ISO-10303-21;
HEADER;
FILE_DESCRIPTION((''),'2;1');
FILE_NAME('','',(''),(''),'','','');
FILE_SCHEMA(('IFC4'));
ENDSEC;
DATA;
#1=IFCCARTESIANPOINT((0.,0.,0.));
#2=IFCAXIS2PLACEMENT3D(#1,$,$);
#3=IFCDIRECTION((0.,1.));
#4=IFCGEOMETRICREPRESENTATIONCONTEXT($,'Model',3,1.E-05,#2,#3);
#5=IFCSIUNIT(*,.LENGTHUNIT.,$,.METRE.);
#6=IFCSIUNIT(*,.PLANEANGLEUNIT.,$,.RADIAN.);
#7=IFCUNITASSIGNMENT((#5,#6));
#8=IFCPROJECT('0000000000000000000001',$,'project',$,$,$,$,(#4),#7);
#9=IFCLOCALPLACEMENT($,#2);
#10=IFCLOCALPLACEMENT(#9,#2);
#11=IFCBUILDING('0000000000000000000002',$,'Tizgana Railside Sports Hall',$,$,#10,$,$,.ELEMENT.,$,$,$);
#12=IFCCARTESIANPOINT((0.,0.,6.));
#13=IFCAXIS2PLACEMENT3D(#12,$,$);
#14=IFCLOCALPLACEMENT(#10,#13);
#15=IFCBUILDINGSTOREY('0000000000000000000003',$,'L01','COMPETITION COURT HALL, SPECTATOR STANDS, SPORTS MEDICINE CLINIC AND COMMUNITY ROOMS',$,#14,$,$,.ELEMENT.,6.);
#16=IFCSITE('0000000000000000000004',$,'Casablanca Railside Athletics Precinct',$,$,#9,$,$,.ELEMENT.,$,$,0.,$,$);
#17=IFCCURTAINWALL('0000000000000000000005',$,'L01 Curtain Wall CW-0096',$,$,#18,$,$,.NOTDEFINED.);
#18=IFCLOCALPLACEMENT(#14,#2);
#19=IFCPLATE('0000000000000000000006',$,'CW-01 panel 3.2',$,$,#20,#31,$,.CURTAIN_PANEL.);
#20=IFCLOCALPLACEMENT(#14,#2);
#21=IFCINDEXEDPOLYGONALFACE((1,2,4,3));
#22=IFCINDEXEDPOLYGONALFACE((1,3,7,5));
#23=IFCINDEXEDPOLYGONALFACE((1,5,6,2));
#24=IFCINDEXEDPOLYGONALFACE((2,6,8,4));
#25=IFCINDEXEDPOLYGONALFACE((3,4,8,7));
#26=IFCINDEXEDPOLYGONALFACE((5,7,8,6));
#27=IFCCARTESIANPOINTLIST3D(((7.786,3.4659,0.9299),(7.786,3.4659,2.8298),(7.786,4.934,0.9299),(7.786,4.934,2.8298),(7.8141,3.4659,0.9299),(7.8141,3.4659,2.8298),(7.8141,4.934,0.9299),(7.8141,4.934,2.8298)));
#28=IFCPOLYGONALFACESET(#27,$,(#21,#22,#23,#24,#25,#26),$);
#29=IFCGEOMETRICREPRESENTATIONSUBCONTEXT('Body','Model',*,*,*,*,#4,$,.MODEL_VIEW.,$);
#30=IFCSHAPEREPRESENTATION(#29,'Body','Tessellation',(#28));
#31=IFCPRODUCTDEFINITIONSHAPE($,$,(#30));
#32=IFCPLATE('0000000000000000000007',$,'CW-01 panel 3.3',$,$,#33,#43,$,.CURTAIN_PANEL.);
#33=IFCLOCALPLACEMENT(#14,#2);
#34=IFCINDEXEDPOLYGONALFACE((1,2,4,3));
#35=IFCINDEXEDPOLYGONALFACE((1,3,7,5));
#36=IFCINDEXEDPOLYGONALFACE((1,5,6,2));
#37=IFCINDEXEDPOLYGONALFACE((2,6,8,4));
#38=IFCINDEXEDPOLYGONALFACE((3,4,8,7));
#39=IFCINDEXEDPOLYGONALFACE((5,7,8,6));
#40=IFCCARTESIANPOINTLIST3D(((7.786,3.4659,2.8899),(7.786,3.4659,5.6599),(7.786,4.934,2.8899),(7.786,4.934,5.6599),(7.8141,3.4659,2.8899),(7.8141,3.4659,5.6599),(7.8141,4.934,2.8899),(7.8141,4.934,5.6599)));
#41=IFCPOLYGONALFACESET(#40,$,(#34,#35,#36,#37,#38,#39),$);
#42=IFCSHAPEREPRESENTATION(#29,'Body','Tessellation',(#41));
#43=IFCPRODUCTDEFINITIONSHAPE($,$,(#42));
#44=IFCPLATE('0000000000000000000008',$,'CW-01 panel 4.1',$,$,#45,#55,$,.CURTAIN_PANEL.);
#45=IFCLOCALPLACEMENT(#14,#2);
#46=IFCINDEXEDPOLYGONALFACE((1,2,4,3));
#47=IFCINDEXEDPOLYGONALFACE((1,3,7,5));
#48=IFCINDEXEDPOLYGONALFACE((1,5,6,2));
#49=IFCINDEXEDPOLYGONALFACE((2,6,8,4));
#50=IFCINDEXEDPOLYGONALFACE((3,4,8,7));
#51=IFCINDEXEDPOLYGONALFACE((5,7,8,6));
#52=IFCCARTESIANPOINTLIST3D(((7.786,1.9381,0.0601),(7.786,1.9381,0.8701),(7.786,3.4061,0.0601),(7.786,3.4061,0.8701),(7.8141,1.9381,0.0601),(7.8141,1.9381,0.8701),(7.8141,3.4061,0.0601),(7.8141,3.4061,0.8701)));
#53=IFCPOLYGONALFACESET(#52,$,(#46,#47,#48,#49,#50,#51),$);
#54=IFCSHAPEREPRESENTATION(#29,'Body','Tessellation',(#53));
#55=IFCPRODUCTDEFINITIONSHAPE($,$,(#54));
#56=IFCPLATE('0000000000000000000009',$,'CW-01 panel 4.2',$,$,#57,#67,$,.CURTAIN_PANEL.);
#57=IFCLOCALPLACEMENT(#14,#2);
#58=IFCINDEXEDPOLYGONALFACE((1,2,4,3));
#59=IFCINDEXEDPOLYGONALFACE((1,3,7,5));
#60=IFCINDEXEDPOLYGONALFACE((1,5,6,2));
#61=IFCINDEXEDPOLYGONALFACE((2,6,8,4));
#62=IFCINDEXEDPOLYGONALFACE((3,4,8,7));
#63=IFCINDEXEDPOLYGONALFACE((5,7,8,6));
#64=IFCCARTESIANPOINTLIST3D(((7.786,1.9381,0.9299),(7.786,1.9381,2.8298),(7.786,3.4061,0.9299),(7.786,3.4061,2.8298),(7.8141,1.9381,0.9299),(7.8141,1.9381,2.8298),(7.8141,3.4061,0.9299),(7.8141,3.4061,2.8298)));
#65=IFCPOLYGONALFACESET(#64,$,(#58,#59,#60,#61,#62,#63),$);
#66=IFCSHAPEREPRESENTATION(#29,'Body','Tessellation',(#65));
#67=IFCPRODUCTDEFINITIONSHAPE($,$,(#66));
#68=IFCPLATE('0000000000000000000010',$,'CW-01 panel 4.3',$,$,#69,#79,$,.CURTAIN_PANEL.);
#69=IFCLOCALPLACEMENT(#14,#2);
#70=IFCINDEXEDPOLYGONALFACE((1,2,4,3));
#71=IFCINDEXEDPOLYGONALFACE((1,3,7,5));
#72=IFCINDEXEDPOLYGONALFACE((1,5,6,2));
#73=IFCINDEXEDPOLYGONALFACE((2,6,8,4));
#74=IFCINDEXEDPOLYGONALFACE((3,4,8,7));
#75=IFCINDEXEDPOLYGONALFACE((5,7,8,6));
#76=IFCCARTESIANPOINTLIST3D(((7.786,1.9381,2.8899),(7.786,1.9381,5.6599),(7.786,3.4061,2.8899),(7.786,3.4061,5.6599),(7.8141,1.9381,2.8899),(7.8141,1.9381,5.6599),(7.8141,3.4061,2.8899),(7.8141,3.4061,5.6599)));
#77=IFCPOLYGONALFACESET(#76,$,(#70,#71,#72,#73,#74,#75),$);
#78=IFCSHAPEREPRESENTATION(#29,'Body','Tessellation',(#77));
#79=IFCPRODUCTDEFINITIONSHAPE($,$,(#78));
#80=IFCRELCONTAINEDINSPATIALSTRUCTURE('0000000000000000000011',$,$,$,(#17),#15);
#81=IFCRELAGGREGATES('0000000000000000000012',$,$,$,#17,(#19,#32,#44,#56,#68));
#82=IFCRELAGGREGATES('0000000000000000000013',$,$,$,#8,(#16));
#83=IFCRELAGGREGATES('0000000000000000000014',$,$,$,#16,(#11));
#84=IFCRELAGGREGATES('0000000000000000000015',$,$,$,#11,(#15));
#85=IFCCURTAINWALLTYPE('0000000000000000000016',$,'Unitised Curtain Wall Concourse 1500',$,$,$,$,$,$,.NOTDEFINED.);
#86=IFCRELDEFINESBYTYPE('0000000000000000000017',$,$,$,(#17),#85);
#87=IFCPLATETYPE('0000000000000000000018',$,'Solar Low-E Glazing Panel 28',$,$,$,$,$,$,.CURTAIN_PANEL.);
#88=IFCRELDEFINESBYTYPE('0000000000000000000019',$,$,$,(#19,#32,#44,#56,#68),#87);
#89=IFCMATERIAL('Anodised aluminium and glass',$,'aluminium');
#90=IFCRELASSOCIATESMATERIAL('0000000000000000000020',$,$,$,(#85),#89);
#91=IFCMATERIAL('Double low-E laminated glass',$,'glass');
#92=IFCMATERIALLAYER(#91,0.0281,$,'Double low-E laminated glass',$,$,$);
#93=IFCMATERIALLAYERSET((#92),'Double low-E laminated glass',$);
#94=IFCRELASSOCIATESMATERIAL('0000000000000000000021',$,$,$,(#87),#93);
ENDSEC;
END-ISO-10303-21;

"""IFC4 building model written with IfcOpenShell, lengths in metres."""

from ifc_helpers import new_model, si_unit, direction, frame, origin, origin_2d, place, context, subcontext, project, spatial, rectangle, extrude, material, layer, layer_set, type_object, element, aggregate, save


model = new_model("IFC4")

# Units and contexts
model_context = context("Model", 3, precision=1e-05, world=origin(), true_north=direction((0.0, 1.0)))
body_context = subcontext(model_context, "Body", "Model", "MODEL_VIEW")
ifc_project = project(units=[si_unit("LENGTHUNIT", "METRE"), si_unit("PLANEANGLEUNIT", "RADIAN")], contexts=[model_context])

# Site, building, storey
site_placement = place(None, origin())
site = spatial("IfcSite", under=ifc_project, at=site_placement, Name="Casablanca Railside Athletics Precinct", CompositionType="ELEMENT", RefElevation=0.0)
building_placement = place(site_placement, origin())
building = spatial("IfcBuilding", under=site, at=building_placement, Name="Tizgana Railside Sports Hall", CompositionType="ELEMENT")
storey_placement = place(building_placement, frame((0.0, 0.0, 6.0)))
storey = spatial("IfcBuildingStorey", under=building, at=storey_placement, Name="L01", Description="COMPETITION COURT HALL, SPECTATOR STANDS, SPORTS MEDICINE CLINIC AND COMMUNITY ROOMS", CompositionType="ELEMENT", Elevation=6.0)

# Curtain wall, plates
ifc_material_1 = material(Name="Anodised aluminium and glass", Category="aluminium")
curtain_wall_type = type_object("IfcCurtainWallType", Name="Unitised Curtain Wall Concourse 1500", PredefinedType="NOTDEFINED", material=ifc_material_1)
curtain_wall_placement = place(storey_placement, origin())
curtain_wall = element("IfcCurtainWall", 1, at=curtain_wall_placement, inside=storey, type_object=curtain_wall_type, Name="L01 Curtain Wall CW-0096", PredefinedType="NOTDEFINED")
ifc_material_2 = material(Name="Double low-E laminated glass", Category="glass")
ifc_layer = layer(ifc_material_2, 0.0281, Name="Double low-E laminated glass")
ifc_layer_set = layer_set([ifc_layer], Name="Double low-E laminated glass")
plate_type = type_object("IfcPlateType", Name="Solar Low-E Glazing Panel 28", PredefinedType="CURTAIN_PANEL", material=ifc_layer_set)
plate_1_placement = place(storey_placement, frame((7.8, 4.2, 0.9299), z_axis=(0.0, 0.0, 1.0), x_axis=(0.0, -1.0, 0.0)))
plate_1 = element("IfcPlate", 2, at=plate_1_placement, type_object=plate_type, Name="CW-01 panel 3.2", PredefinedType="CURTAIN_PANEL", context=body_context, shape_type="SweptSolid", body=[
    extrude(rectangle(XDim=1.468, YDim=0.0281, at=origin_2d()), origin(), (0.0, 0.0, 1.0), 1.8999),
])
plate_2_placement = place(storey_placement, frame((7.8, 4.2, 2.8899), z_axis=(0.0, 0.0, 1.0), x_axis=(0.0, -1.0, 0.0)))
plate_2 = element("IfcPlate", 3, at=plate_2_placement, type_object=plate_type, Name="CW-01 panel 3.3", PredefinedType="CURTAIN_PANEL", context=body_context, shape_type="SweptSolid", body=[
    extrude(rectangle(XDim=1.468, YDim=0.0281, at=origin_2d()), origin(), (0.0, 0.0, 1.0), 2.77),
])
plate_3_placement = place(storey_placement, frame((7.8, 2.6721, 0.0601), z_axis=(0.0, 0.0, 1.0), x_axis=(0.0, -1.0, 0.0)))
plate_3 = element("IfcPlate", 4, at=plate_3_placement, type_object=plate_type, Name="CW-01 panel 4.1", PredefinedType="CURTAIN_PANEL", context=body_context, shape_type="SweptSolid", body=[
    extrude(rectangle(XDim=1.468, YDim=0.0281, at=origin_2d()), origin(), (0.0, 0.0, 1.0), 0.8101),
])
plate_4_placement = place(storey_placement, frame((7.8, 2.6721, 0.9299), z_axis=(0.0, 0.0, 1.0), x_axis=(0.0, -1.0, 0.0)))
plate_4 = element("IfcPlate", 5, at=plate_4_placement, type_object=plate_type, Name="CW-01 panel 4.2", PredefinedType="CURTAIN_PANEL", context=body_context, shape_type="SweptSolid", body=[
    extrude(rectangle(XDim=1.468, YDim=0.0281, at=origin_2d()), origin(), (0.0, 0.0, 1.0), 1.8999),
])
plate_5_placement = place(storey_placement, frame((7.8, 2.6721, 2.8899), z_axis=(0.0, 0.0, 1.0), x_axis=(0.0, -1.0, 0.0)))
plate_5 = element("IfcPlate", 6, at=plate_5_placement, type_object=plate_type, Name="CW-01 panel 4.3", PredefinedType="CURTAIN_PANEL", context=body_context, shape_type="SweptSolid", body=[
    extrude(rectangle(XDim=1.468, YDim=0.0281, at=origin_2d()), origin(), (0.0, 0.0, 1.0), 2.77),
])
aggregate(curtain_wall, [plate_1, plate_2, plate_3, plate_4, plate_5])

save(model, "model.ifc")
